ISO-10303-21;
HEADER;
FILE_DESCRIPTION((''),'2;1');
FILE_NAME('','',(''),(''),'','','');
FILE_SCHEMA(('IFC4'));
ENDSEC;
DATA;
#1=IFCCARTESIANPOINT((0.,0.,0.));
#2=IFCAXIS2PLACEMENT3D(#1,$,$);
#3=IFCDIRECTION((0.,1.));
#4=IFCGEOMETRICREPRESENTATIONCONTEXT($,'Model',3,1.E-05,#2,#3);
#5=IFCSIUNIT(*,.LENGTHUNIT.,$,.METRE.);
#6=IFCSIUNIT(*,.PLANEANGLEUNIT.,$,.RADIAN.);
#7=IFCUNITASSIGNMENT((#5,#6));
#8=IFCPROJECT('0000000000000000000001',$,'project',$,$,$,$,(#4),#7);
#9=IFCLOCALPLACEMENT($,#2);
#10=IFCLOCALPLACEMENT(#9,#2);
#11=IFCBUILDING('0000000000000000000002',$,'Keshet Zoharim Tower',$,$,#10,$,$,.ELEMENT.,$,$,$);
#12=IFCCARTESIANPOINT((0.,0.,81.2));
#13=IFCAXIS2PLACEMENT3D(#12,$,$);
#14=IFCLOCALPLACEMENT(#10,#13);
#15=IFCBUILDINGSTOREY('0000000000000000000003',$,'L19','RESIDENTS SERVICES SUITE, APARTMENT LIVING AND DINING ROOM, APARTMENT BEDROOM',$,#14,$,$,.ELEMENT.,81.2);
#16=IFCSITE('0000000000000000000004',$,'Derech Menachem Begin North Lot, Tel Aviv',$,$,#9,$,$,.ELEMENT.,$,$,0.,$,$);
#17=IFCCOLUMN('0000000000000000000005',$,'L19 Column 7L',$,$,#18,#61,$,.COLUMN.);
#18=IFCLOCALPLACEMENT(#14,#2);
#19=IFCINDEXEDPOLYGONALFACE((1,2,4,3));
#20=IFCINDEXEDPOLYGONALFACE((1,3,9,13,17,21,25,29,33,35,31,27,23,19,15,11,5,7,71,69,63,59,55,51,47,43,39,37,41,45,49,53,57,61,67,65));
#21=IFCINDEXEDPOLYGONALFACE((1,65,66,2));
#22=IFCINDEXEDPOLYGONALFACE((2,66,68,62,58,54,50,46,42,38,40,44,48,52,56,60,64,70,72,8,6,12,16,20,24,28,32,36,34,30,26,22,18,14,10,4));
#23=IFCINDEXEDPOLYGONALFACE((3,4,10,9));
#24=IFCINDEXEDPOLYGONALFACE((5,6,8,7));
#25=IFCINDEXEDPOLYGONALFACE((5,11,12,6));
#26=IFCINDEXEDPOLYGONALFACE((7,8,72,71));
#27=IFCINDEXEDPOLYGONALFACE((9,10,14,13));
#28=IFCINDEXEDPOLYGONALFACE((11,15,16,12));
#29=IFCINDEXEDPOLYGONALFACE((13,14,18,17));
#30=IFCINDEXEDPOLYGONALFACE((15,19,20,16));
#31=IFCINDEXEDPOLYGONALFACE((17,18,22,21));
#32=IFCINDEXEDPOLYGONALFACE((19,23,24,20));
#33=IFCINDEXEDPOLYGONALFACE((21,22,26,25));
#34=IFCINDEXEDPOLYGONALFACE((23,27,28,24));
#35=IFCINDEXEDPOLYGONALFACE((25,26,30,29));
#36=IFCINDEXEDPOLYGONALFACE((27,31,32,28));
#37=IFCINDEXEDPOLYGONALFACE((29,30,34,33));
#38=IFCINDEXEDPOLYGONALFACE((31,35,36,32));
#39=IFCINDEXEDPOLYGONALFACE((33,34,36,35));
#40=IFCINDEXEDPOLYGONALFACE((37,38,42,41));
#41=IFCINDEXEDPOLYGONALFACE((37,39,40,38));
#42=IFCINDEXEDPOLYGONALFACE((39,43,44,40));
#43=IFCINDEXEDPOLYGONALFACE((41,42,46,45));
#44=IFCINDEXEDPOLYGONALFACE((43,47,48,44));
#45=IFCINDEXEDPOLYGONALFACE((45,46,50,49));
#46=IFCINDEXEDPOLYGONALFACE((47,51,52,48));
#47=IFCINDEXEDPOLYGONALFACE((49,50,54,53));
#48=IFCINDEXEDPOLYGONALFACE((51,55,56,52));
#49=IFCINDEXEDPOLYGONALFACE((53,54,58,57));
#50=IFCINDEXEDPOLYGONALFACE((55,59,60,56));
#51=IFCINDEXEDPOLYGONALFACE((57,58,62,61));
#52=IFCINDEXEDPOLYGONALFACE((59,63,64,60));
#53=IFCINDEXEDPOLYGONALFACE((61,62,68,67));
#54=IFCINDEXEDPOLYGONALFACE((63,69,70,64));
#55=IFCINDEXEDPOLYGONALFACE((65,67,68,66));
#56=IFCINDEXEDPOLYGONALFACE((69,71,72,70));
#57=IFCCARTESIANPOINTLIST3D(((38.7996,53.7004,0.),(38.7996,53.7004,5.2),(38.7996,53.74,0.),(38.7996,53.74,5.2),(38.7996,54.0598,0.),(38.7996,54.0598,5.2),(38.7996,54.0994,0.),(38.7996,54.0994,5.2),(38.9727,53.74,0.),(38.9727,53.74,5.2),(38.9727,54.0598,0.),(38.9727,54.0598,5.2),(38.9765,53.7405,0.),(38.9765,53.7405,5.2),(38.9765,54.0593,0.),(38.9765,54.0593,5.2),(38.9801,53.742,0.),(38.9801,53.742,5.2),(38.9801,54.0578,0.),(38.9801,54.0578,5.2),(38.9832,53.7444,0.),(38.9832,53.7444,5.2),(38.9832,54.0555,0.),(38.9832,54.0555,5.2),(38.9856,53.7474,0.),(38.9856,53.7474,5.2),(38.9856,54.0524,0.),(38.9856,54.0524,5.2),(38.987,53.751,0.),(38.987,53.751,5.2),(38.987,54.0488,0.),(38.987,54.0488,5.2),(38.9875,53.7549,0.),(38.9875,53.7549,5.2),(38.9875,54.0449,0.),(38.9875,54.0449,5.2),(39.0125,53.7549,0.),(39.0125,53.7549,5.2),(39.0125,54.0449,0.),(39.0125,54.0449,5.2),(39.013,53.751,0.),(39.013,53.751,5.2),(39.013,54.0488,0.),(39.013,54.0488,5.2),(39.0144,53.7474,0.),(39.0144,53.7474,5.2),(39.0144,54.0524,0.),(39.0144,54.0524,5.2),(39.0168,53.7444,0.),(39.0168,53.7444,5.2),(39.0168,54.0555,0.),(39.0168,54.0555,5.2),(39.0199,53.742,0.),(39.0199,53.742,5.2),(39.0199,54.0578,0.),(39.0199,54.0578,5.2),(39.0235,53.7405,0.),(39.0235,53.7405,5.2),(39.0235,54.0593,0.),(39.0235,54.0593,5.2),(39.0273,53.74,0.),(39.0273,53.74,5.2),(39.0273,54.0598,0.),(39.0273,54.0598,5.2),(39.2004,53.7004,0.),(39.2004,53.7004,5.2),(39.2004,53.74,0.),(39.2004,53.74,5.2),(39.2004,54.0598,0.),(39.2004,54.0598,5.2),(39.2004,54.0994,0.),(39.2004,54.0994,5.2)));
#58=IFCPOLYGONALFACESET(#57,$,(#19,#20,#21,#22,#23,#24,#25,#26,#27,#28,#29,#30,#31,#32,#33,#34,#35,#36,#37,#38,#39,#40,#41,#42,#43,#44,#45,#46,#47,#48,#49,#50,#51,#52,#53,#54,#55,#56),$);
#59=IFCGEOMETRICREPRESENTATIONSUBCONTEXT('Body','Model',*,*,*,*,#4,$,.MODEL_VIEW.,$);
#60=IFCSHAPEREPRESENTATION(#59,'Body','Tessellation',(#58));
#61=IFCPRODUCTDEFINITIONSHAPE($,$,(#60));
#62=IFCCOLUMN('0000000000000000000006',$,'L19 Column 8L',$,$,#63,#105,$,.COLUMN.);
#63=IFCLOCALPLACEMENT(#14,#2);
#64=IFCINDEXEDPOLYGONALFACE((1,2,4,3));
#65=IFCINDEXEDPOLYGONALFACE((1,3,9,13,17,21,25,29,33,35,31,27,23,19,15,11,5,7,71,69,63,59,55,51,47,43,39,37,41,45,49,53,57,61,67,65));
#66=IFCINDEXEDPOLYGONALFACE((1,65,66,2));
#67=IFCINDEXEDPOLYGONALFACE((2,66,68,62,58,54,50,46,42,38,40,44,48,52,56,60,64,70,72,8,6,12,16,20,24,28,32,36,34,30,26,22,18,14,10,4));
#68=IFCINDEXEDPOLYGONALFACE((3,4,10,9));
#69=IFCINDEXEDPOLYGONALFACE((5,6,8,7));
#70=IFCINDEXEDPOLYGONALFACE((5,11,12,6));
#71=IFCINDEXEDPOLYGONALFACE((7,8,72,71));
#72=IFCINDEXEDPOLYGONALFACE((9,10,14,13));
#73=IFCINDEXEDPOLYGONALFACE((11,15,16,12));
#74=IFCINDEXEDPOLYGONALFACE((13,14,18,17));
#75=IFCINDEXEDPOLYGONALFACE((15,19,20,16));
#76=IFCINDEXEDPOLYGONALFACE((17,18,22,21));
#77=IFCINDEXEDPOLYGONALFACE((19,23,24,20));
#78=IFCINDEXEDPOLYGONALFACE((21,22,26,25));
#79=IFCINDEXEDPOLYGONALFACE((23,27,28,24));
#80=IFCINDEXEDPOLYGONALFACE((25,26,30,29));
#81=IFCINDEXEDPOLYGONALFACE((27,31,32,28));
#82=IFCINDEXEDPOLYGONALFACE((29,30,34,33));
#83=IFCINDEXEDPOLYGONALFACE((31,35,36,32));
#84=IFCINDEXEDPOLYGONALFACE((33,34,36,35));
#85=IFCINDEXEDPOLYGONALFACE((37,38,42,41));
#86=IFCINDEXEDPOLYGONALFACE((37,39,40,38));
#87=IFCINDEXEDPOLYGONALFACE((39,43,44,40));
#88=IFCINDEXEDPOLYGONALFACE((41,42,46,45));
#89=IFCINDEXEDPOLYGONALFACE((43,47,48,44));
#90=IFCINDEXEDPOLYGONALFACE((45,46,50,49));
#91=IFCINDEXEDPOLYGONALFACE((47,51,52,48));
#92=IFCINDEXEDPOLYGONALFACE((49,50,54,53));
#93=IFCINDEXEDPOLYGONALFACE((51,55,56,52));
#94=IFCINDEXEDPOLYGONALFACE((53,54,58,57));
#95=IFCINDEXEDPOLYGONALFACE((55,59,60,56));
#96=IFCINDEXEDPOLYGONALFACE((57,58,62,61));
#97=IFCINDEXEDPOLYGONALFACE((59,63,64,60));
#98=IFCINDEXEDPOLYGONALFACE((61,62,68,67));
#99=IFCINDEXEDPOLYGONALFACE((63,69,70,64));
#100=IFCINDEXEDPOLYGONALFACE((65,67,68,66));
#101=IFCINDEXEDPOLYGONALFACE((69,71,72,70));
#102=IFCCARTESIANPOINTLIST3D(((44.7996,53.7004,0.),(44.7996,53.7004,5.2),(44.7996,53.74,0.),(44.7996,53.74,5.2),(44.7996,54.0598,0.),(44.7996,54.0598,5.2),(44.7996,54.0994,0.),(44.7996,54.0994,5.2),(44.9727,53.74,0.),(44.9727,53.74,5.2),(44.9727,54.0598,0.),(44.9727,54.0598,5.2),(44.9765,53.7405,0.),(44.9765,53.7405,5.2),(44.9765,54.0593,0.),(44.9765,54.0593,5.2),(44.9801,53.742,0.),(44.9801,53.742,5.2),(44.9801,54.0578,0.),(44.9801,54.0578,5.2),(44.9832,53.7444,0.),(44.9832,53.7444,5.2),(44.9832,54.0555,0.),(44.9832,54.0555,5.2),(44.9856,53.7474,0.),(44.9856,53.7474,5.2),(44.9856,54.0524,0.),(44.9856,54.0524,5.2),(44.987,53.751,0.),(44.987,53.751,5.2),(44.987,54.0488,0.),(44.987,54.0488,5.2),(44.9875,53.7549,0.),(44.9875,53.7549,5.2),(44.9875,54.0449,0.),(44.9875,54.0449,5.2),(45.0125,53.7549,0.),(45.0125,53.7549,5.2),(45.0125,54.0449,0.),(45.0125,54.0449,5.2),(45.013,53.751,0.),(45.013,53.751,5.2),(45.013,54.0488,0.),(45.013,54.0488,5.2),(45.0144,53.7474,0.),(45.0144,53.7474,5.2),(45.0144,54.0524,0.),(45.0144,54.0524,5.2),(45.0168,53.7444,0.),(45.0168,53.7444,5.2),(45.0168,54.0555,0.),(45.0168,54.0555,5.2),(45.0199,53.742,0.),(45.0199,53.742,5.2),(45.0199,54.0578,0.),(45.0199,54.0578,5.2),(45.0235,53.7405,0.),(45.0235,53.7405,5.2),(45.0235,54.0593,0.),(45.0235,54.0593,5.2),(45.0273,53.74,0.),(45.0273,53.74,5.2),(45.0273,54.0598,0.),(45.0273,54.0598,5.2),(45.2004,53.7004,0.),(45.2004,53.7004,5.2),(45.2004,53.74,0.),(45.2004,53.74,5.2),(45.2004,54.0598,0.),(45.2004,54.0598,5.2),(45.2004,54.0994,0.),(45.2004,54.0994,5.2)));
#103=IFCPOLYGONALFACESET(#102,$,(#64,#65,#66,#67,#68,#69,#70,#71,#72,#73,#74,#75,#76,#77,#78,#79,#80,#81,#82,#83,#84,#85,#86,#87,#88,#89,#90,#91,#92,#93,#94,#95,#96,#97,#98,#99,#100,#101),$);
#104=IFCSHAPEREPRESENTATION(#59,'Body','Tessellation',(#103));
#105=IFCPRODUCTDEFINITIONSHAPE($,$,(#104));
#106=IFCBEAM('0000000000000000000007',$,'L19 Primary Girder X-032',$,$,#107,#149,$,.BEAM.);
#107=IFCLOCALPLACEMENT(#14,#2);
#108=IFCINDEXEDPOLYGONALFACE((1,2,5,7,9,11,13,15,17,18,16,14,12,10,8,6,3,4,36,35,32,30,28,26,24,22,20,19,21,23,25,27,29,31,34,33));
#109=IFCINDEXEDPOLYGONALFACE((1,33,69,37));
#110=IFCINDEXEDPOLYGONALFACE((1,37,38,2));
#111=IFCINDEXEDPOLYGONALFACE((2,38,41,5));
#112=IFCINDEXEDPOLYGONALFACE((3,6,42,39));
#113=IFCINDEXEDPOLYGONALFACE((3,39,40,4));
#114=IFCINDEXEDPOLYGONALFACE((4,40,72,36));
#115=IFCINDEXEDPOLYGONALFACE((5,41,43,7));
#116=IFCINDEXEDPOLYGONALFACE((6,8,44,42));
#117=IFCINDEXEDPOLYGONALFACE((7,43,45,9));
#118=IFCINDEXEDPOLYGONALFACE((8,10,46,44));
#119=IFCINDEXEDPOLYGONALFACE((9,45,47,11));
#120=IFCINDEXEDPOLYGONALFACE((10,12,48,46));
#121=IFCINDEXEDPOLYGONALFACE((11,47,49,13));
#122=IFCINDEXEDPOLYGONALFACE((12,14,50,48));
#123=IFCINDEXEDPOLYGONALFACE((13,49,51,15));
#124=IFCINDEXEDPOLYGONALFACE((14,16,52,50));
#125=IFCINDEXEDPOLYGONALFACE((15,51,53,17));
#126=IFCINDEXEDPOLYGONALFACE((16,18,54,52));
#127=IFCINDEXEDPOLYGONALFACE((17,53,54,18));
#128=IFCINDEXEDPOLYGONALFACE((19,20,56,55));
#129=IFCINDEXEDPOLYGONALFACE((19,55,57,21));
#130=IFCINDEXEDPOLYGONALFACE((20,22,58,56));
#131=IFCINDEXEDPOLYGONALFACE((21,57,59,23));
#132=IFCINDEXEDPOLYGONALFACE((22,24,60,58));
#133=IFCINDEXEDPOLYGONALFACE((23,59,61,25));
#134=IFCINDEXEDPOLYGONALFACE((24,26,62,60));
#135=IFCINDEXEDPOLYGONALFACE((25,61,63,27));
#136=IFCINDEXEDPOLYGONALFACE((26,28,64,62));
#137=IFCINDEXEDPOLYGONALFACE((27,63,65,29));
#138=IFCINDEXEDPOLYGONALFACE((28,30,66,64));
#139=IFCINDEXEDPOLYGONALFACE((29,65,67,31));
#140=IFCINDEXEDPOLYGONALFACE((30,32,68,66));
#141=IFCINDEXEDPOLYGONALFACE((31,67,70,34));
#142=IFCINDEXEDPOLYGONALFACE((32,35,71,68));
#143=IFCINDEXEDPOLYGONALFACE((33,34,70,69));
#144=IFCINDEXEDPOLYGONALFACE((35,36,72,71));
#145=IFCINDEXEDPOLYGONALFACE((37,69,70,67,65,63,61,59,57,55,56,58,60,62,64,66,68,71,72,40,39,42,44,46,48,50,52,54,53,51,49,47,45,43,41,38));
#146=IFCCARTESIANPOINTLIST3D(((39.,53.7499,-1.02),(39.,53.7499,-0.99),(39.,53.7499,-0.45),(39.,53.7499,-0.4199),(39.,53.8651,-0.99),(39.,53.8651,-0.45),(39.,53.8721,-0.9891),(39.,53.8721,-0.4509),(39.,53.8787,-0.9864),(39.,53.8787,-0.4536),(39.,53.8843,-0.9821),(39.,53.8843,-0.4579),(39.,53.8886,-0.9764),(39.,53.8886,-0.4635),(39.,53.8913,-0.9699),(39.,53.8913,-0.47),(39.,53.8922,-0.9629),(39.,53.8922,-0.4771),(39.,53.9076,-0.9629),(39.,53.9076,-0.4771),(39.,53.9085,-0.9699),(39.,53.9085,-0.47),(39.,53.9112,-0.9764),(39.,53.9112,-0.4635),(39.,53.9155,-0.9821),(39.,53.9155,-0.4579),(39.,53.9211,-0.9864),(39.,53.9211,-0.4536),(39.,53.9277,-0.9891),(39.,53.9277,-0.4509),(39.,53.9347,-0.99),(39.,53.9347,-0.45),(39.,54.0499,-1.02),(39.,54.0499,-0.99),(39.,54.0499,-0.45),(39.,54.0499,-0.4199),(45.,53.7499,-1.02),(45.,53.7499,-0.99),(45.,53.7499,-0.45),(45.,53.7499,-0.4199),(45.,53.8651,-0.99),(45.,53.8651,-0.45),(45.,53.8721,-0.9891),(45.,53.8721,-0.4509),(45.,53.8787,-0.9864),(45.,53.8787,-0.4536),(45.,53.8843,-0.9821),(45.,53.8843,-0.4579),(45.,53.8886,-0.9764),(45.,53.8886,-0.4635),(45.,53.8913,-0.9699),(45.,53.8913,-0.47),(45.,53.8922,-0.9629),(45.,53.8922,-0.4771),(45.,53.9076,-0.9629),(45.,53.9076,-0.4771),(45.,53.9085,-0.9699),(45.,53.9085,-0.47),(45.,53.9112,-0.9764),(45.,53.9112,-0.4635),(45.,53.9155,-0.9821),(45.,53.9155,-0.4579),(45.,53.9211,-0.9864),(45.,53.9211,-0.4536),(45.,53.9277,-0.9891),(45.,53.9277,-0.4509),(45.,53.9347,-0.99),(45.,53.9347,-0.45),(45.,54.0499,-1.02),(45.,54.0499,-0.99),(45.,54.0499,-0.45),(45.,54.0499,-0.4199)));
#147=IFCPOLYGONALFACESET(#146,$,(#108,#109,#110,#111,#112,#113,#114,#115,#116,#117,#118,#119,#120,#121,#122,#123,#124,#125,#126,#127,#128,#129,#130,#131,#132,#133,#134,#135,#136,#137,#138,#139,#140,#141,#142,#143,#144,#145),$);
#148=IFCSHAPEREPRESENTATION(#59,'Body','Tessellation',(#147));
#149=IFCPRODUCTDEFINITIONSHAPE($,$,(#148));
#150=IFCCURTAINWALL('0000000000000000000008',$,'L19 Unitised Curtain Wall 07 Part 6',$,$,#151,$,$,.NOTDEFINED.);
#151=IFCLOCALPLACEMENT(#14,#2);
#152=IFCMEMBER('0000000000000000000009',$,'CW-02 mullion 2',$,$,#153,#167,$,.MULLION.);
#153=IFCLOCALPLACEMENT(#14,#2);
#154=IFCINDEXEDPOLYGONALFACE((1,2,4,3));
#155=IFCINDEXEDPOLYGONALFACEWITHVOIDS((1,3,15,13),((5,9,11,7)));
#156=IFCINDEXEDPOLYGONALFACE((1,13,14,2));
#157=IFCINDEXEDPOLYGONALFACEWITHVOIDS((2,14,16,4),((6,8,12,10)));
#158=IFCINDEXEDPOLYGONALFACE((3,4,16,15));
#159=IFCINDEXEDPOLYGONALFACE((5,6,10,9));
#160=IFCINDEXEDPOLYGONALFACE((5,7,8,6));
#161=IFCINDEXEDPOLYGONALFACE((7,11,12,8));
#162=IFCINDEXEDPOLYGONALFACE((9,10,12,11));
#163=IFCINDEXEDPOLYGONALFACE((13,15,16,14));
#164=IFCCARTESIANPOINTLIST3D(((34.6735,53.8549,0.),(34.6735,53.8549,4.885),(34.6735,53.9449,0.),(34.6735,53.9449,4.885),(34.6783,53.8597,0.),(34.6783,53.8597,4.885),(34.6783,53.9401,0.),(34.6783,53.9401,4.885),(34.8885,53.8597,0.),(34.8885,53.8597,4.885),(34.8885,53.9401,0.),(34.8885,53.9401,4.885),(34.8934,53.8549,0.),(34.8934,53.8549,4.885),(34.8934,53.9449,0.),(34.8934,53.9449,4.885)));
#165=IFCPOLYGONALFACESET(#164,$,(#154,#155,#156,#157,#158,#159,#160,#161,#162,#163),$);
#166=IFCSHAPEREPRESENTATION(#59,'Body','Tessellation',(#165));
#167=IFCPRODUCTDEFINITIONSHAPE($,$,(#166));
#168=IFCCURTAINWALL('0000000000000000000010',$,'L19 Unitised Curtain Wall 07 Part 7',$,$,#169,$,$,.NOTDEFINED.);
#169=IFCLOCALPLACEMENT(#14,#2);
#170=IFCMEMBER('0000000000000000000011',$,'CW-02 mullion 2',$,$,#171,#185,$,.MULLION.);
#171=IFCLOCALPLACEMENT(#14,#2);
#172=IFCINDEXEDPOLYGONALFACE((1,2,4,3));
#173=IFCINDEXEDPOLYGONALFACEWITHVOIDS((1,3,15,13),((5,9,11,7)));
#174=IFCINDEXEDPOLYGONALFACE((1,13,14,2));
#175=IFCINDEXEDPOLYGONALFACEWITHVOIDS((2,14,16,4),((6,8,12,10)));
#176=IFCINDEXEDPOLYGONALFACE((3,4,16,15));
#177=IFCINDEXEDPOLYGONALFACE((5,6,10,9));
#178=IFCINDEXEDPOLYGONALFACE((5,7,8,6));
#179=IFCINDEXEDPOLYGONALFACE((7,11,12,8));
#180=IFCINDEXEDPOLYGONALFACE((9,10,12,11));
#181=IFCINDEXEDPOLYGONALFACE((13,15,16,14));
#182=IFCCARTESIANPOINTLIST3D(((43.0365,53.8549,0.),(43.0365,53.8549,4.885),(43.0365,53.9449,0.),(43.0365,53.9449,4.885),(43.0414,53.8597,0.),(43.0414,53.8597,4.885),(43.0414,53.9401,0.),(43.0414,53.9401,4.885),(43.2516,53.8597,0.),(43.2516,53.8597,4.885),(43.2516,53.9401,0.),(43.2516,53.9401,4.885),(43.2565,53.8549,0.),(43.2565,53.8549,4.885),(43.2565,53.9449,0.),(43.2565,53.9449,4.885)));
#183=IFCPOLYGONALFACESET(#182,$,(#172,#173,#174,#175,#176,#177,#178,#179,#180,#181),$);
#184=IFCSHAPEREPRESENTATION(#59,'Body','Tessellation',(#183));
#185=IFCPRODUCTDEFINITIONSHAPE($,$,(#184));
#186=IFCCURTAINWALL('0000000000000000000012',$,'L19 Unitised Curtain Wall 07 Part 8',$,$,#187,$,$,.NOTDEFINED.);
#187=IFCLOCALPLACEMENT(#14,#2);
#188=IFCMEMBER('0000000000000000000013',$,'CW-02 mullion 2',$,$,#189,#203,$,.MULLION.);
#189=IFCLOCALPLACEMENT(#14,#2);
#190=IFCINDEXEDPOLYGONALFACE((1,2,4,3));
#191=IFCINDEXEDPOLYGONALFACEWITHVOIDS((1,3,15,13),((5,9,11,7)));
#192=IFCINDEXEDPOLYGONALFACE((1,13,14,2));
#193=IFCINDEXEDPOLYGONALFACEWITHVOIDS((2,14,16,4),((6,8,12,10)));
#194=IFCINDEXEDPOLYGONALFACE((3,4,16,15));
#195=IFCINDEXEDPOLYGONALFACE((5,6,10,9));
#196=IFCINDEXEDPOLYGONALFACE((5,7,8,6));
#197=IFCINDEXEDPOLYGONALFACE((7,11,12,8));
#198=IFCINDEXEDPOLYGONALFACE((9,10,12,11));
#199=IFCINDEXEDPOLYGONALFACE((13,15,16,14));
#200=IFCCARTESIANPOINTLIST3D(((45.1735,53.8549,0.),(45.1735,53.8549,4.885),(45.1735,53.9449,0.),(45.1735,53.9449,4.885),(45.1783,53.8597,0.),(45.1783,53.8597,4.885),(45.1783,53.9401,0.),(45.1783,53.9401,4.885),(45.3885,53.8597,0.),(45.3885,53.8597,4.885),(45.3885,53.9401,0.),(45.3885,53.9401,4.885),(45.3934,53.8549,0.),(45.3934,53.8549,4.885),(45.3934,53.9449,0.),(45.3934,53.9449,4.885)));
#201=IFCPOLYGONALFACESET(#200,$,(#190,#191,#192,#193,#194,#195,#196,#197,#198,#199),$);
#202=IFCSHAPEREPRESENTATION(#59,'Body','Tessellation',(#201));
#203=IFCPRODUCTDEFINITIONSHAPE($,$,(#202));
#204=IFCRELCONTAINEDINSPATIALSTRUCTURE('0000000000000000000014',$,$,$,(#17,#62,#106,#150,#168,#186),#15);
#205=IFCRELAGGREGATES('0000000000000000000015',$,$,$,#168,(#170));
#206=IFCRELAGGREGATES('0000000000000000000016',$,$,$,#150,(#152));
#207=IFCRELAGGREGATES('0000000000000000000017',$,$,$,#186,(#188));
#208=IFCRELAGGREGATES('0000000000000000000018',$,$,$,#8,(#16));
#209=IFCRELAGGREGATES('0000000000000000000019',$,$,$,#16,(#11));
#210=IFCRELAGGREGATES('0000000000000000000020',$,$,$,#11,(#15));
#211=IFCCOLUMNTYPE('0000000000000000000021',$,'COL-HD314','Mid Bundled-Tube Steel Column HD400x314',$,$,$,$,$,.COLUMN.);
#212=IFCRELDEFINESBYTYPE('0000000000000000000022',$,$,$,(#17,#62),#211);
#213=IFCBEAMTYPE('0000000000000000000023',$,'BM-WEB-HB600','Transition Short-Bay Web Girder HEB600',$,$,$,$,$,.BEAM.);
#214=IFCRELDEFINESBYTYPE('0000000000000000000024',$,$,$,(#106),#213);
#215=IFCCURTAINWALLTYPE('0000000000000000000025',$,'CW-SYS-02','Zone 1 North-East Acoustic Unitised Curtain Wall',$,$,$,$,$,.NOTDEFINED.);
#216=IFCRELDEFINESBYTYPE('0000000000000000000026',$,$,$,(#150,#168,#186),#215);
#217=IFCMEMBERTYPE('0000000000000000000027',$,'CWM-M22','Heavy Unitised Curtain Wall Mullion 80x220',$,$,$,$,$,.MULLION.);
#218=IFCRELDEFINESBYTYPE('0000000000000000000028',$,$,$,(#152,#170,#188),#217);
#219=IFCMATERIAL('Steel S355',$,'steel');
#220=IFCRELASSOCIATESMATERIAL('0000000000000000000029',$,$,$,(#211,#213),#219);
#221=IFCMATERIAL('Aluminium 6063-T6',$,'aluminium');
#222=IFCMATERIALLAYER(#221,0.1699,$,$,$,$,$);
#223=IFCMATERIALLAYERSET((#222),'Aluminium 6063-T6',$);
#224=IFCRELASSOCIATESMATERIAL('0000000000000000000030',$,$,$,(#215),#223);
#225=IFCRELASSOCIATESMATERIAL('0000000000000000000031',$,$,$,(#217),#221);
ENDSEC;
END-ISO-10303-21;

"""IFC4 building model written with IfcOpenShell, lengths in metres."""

from ifc_helpers import new_model, si_unit, direction, frame, origin, origin_2d, place, context, subcontext, project, spatial, hollow_rectangle, i_section, extrude, material, layer, layer_set, material_profile, profile_set, type_object, element, aggregate, save


model = new_model("IFC4")

# Units and contexts
model_context = context("Model", 3, precision=1e-05, world=origin(), true_north=direction((0.0, 1.0)))
body_context = subcontext(model_context, "Body", "Model", "MODEL_VIEW")
ifc_project = project(units=[si_unit("LENGTHUNIT", "METRE"), si_unit("PLANEANGLEUNIT", "RADIAN")], contexts=[model_context])

# Site, building, storey
site_placement = place(None, origin())
site = spatial("IfcSite", under=ifc_project, at=site_placement, Name="Derech Menachem Begin North Lot, Tel Aviv", CompositionType="ELEMENT", RefElevation=0.0)
building_placement = place(site_placement, origin())
building = spatial("IfcBuilding", under=site, at=building_placement, Name="Keshet Zoharim Tower", CompositionType="ELEMENT")
storey_placement = place(building_placement, frame((0.0, 0.0, 81.2)))
storey = spatial("IfcBuildingStorey", under=building, at=storey_placement, Name="L19", Description="RESIDENTS SERVICES SUITE, APARTMENT LIVING AND DINING ROOM, APARTMENT BEDROOM", CompositionType="ELEMENT", Elevation=81.2)

# Columns
ifc_material_1 = material(Name="Steel S355", Category="steel")
ifc_material_profile_1 = material_profile(ifc_material_1, i_section(OverallWidth=0.4009, OverallDepth=0.3989, WebThickness=0.0249, FlangeThickness=0.0396, FilletRadius=0.0149, at=origin_2d()), Name="HD400x314")
ifc_profile_set_1 = profile_set([ifc_material_profile_1], Name="Steel S355")
column_type = type_object("IfcColumnType", Name="COL-HD314", Description="Mid Bundled-Tube Steel Column HD400x314", PredefinedType="COLUMN", material=ifc_profile_set_1)
for number, where, z_axis, x_axis, name in (
    (1, (39.0, 53.8999, 0.0), (0.0, 0.0, 1.0), (1.0, 0.0, 0.0), "L19 Column 7L"),
    (2, (45.0, 53.8999, 0.0), (0.0, 0.0, 1.0), (1.0, 0.0, 0.0), "L19 Column 8L"),
):
    element("IfcColumn", number, at=place(storey_placement, frame(where, z_axis=z_axis, x_axis=x_axis)), inside=storey, type_object=column_type, Name=name, PredefinedType="COLUMN", context=body_context, shape_type="SweptSolid", body=[
        extrude(i_section(OverallWidth=0.4009, OverallDepth=0.3989, WebThickness=0.0249, FlangeThickness=0.0396, FilletRadius=0.0149, at=origin_2d()), origin(), (0.0, 0.0, 1.0), 5.2),
    ])

# Beam
ifc_material_profile_2 = material_profile(ifc_material_1, i_section(OverallWidth=0.3, OverallDepth=0.6001, WebThickness=0.0154, FlangeThickness=0.03, FilletRadius=0.0271, at=origin_2d()), Name="HEB600")
ifc_profile_set_2 = profile_set([ifc_material_profile_2], Name="Steel S355")
beam_type = type_object("IfcBeamType", Name="BM-WEB-HB600", Description="Transition Short-Bay Web Girder HEB600", PredefinedType="BEAM", material=ifc_profile_set_2)
beam_placement = place(storey_placement, frame((39.0, 53.8999, -0.72), z_axis=(1.0, 0.0, 0.0), x_axis=(0.0, 1.0, 0.0)))
element("IfcBeam", 3, at=beam_placement, inside=storey, type_object=beam_type, Name="L19 Primary Girder X-032", PredefinedType="BEAM", context=body_context, shape_type="SweptSolid", body=[
    extrude(i_section(OverallWidth=0.3, OverallDepth=0.6001, WebThickness=0.0154, FlangeThickness=0.03, FilletRadius=0.0271, at=origin_2d()), origin(), (0.0, 0.0, 1.0), 6.0),
])

# Curtain walls, members
ifc_material_2 = material(Name="Aluminium 6063-T6", Category="aluminium")
ifc_layer_1 = layer(ifc_material_2, 0.1699)
ifc_layer_set_1 = layer_set([ifc_layer_1], Name="Aluminium 6063-T6")
curtain_wall_type = type_object("IfcCurtainWallType", Name="CW-SYS-02", Description="Zone 1 North-East Acoustic Unitised Curtain Wall", PredefinedType="NOTDEFINED", material=ifc_layer_set_1)
curtain_wall_1_placement = place(storey_placement, origin())
curtain_wall_1 = element("IfcCurtainWall", 4, at=curtain_wall_1_placement, inside=storey, type_object=curtain_wall_type, Name="L19 Unitised Curtain Wall 07 Part 6", PredefinedType="NOTDEFINED")
ifc_material_profile_3 = material_profile(ifc_material_2, hollow_rectangle(XDim=0.0901, YDim=0.22, WallThickness=0.0049, at=origin_2d()), Name="MUL-90x220")
ifc_profile_set_3 = profile_set([ifc_material_profile_3], Name="Aluminium 6063-T6")
member_type_1 = type_object("IfcMemberType", Name="CWM-M22", Description="Heavy Unitised Curtain Wall Mullion 80x220", PredefinedType="MULLION", material=ifc_profile_set_3)
member_1_placement = place(storey_placement, frame((34.7834, 53.8999, 0.0), z_axis=(0.0, 0.0, 1.0), x_axis=(0.0, 1.0, 0.0)))
member_1 = element("IfcMember", 5, at=member_1_placement, type_object=member_type_1, Name="CW-02 mullion 2", PredefinedType="MULLION", context=body_context, shape_type="SweptSolid", body=[
    extrude(hollow_rectangle(XDim=0.0901, YDim=0.22, WallThickness=0.0049, at=origin_2d()), origin(), (0.0, 0.0, 1.0), 4.885),
])
curtain_wall_2_placement = place(storey_placement, origin())
curtain_wall_2 = element("IfcCurtainWall", 6, at=curtain_wall_2_placement, inside=storey, type_object=curtain_wall_type, Name="L19 Unitised Curtain Wall 07 Part 7", PredefinedType="NOTDEFINED")
member_2_placement = place(storey_placement, frame((43.1465, 53.8999, 0.0), z_axis=(0.0, 0.0, 1.0), x_axis=(0.0, 1.0, 0.0)))
member_2 = element("IfcMember", 7, at=member_2_placement, type_object=member_type_1, Name="CW-02 mullion 2", PredefinedType="MULLION", context=body_context, shape_type="SweptSolid", body=[
    extrude(hollow_rectangle(XDim=0.0901, YDim=0.22, WallThickness=0.0049, at=origin_2d()), origin(), (0.0, 0.0, 1.0), 4.885),
])
curtain_wall_3_placement = place(storey_placement, origin())
curtain_wall_3 = element("IfcCurtainWall", 8, at=curtain_wall_3_placement, inside=storey, type_object=curtain_wall_type, Name="L19 Unitised Curtain Wall 07 Part 8", PredefinedType="NOTDEFINED")
member_3_placement = place(storey_placement, frame((45.2834, 53.8999, 0.0), z_axis=(0.0, 0.0, 1.0), x_axis=(0.0, 1.0, 0.0)))
member_3 = element("IfcMember", 9, at=member_3_placement, type_object=member_type_1, Name="CW-02 mullion 2", PredefinedType="MULLION", context=body_context, shape_type="SweptSolid", body=[
    extrude(hollow_rectangle(XDim=0.0901, YDim=0.22, WallThickness=0.0049, at=origin_2d()), origin(), (0.0, 0.0, 1.0), 4.885),
])

aggregate(curtain_wall_2, [member_2])
aggregate(curtain_wall_1, [member_1])
aggregate(curtain_wall_3, [member_3])

save(model, "model.ifc")
